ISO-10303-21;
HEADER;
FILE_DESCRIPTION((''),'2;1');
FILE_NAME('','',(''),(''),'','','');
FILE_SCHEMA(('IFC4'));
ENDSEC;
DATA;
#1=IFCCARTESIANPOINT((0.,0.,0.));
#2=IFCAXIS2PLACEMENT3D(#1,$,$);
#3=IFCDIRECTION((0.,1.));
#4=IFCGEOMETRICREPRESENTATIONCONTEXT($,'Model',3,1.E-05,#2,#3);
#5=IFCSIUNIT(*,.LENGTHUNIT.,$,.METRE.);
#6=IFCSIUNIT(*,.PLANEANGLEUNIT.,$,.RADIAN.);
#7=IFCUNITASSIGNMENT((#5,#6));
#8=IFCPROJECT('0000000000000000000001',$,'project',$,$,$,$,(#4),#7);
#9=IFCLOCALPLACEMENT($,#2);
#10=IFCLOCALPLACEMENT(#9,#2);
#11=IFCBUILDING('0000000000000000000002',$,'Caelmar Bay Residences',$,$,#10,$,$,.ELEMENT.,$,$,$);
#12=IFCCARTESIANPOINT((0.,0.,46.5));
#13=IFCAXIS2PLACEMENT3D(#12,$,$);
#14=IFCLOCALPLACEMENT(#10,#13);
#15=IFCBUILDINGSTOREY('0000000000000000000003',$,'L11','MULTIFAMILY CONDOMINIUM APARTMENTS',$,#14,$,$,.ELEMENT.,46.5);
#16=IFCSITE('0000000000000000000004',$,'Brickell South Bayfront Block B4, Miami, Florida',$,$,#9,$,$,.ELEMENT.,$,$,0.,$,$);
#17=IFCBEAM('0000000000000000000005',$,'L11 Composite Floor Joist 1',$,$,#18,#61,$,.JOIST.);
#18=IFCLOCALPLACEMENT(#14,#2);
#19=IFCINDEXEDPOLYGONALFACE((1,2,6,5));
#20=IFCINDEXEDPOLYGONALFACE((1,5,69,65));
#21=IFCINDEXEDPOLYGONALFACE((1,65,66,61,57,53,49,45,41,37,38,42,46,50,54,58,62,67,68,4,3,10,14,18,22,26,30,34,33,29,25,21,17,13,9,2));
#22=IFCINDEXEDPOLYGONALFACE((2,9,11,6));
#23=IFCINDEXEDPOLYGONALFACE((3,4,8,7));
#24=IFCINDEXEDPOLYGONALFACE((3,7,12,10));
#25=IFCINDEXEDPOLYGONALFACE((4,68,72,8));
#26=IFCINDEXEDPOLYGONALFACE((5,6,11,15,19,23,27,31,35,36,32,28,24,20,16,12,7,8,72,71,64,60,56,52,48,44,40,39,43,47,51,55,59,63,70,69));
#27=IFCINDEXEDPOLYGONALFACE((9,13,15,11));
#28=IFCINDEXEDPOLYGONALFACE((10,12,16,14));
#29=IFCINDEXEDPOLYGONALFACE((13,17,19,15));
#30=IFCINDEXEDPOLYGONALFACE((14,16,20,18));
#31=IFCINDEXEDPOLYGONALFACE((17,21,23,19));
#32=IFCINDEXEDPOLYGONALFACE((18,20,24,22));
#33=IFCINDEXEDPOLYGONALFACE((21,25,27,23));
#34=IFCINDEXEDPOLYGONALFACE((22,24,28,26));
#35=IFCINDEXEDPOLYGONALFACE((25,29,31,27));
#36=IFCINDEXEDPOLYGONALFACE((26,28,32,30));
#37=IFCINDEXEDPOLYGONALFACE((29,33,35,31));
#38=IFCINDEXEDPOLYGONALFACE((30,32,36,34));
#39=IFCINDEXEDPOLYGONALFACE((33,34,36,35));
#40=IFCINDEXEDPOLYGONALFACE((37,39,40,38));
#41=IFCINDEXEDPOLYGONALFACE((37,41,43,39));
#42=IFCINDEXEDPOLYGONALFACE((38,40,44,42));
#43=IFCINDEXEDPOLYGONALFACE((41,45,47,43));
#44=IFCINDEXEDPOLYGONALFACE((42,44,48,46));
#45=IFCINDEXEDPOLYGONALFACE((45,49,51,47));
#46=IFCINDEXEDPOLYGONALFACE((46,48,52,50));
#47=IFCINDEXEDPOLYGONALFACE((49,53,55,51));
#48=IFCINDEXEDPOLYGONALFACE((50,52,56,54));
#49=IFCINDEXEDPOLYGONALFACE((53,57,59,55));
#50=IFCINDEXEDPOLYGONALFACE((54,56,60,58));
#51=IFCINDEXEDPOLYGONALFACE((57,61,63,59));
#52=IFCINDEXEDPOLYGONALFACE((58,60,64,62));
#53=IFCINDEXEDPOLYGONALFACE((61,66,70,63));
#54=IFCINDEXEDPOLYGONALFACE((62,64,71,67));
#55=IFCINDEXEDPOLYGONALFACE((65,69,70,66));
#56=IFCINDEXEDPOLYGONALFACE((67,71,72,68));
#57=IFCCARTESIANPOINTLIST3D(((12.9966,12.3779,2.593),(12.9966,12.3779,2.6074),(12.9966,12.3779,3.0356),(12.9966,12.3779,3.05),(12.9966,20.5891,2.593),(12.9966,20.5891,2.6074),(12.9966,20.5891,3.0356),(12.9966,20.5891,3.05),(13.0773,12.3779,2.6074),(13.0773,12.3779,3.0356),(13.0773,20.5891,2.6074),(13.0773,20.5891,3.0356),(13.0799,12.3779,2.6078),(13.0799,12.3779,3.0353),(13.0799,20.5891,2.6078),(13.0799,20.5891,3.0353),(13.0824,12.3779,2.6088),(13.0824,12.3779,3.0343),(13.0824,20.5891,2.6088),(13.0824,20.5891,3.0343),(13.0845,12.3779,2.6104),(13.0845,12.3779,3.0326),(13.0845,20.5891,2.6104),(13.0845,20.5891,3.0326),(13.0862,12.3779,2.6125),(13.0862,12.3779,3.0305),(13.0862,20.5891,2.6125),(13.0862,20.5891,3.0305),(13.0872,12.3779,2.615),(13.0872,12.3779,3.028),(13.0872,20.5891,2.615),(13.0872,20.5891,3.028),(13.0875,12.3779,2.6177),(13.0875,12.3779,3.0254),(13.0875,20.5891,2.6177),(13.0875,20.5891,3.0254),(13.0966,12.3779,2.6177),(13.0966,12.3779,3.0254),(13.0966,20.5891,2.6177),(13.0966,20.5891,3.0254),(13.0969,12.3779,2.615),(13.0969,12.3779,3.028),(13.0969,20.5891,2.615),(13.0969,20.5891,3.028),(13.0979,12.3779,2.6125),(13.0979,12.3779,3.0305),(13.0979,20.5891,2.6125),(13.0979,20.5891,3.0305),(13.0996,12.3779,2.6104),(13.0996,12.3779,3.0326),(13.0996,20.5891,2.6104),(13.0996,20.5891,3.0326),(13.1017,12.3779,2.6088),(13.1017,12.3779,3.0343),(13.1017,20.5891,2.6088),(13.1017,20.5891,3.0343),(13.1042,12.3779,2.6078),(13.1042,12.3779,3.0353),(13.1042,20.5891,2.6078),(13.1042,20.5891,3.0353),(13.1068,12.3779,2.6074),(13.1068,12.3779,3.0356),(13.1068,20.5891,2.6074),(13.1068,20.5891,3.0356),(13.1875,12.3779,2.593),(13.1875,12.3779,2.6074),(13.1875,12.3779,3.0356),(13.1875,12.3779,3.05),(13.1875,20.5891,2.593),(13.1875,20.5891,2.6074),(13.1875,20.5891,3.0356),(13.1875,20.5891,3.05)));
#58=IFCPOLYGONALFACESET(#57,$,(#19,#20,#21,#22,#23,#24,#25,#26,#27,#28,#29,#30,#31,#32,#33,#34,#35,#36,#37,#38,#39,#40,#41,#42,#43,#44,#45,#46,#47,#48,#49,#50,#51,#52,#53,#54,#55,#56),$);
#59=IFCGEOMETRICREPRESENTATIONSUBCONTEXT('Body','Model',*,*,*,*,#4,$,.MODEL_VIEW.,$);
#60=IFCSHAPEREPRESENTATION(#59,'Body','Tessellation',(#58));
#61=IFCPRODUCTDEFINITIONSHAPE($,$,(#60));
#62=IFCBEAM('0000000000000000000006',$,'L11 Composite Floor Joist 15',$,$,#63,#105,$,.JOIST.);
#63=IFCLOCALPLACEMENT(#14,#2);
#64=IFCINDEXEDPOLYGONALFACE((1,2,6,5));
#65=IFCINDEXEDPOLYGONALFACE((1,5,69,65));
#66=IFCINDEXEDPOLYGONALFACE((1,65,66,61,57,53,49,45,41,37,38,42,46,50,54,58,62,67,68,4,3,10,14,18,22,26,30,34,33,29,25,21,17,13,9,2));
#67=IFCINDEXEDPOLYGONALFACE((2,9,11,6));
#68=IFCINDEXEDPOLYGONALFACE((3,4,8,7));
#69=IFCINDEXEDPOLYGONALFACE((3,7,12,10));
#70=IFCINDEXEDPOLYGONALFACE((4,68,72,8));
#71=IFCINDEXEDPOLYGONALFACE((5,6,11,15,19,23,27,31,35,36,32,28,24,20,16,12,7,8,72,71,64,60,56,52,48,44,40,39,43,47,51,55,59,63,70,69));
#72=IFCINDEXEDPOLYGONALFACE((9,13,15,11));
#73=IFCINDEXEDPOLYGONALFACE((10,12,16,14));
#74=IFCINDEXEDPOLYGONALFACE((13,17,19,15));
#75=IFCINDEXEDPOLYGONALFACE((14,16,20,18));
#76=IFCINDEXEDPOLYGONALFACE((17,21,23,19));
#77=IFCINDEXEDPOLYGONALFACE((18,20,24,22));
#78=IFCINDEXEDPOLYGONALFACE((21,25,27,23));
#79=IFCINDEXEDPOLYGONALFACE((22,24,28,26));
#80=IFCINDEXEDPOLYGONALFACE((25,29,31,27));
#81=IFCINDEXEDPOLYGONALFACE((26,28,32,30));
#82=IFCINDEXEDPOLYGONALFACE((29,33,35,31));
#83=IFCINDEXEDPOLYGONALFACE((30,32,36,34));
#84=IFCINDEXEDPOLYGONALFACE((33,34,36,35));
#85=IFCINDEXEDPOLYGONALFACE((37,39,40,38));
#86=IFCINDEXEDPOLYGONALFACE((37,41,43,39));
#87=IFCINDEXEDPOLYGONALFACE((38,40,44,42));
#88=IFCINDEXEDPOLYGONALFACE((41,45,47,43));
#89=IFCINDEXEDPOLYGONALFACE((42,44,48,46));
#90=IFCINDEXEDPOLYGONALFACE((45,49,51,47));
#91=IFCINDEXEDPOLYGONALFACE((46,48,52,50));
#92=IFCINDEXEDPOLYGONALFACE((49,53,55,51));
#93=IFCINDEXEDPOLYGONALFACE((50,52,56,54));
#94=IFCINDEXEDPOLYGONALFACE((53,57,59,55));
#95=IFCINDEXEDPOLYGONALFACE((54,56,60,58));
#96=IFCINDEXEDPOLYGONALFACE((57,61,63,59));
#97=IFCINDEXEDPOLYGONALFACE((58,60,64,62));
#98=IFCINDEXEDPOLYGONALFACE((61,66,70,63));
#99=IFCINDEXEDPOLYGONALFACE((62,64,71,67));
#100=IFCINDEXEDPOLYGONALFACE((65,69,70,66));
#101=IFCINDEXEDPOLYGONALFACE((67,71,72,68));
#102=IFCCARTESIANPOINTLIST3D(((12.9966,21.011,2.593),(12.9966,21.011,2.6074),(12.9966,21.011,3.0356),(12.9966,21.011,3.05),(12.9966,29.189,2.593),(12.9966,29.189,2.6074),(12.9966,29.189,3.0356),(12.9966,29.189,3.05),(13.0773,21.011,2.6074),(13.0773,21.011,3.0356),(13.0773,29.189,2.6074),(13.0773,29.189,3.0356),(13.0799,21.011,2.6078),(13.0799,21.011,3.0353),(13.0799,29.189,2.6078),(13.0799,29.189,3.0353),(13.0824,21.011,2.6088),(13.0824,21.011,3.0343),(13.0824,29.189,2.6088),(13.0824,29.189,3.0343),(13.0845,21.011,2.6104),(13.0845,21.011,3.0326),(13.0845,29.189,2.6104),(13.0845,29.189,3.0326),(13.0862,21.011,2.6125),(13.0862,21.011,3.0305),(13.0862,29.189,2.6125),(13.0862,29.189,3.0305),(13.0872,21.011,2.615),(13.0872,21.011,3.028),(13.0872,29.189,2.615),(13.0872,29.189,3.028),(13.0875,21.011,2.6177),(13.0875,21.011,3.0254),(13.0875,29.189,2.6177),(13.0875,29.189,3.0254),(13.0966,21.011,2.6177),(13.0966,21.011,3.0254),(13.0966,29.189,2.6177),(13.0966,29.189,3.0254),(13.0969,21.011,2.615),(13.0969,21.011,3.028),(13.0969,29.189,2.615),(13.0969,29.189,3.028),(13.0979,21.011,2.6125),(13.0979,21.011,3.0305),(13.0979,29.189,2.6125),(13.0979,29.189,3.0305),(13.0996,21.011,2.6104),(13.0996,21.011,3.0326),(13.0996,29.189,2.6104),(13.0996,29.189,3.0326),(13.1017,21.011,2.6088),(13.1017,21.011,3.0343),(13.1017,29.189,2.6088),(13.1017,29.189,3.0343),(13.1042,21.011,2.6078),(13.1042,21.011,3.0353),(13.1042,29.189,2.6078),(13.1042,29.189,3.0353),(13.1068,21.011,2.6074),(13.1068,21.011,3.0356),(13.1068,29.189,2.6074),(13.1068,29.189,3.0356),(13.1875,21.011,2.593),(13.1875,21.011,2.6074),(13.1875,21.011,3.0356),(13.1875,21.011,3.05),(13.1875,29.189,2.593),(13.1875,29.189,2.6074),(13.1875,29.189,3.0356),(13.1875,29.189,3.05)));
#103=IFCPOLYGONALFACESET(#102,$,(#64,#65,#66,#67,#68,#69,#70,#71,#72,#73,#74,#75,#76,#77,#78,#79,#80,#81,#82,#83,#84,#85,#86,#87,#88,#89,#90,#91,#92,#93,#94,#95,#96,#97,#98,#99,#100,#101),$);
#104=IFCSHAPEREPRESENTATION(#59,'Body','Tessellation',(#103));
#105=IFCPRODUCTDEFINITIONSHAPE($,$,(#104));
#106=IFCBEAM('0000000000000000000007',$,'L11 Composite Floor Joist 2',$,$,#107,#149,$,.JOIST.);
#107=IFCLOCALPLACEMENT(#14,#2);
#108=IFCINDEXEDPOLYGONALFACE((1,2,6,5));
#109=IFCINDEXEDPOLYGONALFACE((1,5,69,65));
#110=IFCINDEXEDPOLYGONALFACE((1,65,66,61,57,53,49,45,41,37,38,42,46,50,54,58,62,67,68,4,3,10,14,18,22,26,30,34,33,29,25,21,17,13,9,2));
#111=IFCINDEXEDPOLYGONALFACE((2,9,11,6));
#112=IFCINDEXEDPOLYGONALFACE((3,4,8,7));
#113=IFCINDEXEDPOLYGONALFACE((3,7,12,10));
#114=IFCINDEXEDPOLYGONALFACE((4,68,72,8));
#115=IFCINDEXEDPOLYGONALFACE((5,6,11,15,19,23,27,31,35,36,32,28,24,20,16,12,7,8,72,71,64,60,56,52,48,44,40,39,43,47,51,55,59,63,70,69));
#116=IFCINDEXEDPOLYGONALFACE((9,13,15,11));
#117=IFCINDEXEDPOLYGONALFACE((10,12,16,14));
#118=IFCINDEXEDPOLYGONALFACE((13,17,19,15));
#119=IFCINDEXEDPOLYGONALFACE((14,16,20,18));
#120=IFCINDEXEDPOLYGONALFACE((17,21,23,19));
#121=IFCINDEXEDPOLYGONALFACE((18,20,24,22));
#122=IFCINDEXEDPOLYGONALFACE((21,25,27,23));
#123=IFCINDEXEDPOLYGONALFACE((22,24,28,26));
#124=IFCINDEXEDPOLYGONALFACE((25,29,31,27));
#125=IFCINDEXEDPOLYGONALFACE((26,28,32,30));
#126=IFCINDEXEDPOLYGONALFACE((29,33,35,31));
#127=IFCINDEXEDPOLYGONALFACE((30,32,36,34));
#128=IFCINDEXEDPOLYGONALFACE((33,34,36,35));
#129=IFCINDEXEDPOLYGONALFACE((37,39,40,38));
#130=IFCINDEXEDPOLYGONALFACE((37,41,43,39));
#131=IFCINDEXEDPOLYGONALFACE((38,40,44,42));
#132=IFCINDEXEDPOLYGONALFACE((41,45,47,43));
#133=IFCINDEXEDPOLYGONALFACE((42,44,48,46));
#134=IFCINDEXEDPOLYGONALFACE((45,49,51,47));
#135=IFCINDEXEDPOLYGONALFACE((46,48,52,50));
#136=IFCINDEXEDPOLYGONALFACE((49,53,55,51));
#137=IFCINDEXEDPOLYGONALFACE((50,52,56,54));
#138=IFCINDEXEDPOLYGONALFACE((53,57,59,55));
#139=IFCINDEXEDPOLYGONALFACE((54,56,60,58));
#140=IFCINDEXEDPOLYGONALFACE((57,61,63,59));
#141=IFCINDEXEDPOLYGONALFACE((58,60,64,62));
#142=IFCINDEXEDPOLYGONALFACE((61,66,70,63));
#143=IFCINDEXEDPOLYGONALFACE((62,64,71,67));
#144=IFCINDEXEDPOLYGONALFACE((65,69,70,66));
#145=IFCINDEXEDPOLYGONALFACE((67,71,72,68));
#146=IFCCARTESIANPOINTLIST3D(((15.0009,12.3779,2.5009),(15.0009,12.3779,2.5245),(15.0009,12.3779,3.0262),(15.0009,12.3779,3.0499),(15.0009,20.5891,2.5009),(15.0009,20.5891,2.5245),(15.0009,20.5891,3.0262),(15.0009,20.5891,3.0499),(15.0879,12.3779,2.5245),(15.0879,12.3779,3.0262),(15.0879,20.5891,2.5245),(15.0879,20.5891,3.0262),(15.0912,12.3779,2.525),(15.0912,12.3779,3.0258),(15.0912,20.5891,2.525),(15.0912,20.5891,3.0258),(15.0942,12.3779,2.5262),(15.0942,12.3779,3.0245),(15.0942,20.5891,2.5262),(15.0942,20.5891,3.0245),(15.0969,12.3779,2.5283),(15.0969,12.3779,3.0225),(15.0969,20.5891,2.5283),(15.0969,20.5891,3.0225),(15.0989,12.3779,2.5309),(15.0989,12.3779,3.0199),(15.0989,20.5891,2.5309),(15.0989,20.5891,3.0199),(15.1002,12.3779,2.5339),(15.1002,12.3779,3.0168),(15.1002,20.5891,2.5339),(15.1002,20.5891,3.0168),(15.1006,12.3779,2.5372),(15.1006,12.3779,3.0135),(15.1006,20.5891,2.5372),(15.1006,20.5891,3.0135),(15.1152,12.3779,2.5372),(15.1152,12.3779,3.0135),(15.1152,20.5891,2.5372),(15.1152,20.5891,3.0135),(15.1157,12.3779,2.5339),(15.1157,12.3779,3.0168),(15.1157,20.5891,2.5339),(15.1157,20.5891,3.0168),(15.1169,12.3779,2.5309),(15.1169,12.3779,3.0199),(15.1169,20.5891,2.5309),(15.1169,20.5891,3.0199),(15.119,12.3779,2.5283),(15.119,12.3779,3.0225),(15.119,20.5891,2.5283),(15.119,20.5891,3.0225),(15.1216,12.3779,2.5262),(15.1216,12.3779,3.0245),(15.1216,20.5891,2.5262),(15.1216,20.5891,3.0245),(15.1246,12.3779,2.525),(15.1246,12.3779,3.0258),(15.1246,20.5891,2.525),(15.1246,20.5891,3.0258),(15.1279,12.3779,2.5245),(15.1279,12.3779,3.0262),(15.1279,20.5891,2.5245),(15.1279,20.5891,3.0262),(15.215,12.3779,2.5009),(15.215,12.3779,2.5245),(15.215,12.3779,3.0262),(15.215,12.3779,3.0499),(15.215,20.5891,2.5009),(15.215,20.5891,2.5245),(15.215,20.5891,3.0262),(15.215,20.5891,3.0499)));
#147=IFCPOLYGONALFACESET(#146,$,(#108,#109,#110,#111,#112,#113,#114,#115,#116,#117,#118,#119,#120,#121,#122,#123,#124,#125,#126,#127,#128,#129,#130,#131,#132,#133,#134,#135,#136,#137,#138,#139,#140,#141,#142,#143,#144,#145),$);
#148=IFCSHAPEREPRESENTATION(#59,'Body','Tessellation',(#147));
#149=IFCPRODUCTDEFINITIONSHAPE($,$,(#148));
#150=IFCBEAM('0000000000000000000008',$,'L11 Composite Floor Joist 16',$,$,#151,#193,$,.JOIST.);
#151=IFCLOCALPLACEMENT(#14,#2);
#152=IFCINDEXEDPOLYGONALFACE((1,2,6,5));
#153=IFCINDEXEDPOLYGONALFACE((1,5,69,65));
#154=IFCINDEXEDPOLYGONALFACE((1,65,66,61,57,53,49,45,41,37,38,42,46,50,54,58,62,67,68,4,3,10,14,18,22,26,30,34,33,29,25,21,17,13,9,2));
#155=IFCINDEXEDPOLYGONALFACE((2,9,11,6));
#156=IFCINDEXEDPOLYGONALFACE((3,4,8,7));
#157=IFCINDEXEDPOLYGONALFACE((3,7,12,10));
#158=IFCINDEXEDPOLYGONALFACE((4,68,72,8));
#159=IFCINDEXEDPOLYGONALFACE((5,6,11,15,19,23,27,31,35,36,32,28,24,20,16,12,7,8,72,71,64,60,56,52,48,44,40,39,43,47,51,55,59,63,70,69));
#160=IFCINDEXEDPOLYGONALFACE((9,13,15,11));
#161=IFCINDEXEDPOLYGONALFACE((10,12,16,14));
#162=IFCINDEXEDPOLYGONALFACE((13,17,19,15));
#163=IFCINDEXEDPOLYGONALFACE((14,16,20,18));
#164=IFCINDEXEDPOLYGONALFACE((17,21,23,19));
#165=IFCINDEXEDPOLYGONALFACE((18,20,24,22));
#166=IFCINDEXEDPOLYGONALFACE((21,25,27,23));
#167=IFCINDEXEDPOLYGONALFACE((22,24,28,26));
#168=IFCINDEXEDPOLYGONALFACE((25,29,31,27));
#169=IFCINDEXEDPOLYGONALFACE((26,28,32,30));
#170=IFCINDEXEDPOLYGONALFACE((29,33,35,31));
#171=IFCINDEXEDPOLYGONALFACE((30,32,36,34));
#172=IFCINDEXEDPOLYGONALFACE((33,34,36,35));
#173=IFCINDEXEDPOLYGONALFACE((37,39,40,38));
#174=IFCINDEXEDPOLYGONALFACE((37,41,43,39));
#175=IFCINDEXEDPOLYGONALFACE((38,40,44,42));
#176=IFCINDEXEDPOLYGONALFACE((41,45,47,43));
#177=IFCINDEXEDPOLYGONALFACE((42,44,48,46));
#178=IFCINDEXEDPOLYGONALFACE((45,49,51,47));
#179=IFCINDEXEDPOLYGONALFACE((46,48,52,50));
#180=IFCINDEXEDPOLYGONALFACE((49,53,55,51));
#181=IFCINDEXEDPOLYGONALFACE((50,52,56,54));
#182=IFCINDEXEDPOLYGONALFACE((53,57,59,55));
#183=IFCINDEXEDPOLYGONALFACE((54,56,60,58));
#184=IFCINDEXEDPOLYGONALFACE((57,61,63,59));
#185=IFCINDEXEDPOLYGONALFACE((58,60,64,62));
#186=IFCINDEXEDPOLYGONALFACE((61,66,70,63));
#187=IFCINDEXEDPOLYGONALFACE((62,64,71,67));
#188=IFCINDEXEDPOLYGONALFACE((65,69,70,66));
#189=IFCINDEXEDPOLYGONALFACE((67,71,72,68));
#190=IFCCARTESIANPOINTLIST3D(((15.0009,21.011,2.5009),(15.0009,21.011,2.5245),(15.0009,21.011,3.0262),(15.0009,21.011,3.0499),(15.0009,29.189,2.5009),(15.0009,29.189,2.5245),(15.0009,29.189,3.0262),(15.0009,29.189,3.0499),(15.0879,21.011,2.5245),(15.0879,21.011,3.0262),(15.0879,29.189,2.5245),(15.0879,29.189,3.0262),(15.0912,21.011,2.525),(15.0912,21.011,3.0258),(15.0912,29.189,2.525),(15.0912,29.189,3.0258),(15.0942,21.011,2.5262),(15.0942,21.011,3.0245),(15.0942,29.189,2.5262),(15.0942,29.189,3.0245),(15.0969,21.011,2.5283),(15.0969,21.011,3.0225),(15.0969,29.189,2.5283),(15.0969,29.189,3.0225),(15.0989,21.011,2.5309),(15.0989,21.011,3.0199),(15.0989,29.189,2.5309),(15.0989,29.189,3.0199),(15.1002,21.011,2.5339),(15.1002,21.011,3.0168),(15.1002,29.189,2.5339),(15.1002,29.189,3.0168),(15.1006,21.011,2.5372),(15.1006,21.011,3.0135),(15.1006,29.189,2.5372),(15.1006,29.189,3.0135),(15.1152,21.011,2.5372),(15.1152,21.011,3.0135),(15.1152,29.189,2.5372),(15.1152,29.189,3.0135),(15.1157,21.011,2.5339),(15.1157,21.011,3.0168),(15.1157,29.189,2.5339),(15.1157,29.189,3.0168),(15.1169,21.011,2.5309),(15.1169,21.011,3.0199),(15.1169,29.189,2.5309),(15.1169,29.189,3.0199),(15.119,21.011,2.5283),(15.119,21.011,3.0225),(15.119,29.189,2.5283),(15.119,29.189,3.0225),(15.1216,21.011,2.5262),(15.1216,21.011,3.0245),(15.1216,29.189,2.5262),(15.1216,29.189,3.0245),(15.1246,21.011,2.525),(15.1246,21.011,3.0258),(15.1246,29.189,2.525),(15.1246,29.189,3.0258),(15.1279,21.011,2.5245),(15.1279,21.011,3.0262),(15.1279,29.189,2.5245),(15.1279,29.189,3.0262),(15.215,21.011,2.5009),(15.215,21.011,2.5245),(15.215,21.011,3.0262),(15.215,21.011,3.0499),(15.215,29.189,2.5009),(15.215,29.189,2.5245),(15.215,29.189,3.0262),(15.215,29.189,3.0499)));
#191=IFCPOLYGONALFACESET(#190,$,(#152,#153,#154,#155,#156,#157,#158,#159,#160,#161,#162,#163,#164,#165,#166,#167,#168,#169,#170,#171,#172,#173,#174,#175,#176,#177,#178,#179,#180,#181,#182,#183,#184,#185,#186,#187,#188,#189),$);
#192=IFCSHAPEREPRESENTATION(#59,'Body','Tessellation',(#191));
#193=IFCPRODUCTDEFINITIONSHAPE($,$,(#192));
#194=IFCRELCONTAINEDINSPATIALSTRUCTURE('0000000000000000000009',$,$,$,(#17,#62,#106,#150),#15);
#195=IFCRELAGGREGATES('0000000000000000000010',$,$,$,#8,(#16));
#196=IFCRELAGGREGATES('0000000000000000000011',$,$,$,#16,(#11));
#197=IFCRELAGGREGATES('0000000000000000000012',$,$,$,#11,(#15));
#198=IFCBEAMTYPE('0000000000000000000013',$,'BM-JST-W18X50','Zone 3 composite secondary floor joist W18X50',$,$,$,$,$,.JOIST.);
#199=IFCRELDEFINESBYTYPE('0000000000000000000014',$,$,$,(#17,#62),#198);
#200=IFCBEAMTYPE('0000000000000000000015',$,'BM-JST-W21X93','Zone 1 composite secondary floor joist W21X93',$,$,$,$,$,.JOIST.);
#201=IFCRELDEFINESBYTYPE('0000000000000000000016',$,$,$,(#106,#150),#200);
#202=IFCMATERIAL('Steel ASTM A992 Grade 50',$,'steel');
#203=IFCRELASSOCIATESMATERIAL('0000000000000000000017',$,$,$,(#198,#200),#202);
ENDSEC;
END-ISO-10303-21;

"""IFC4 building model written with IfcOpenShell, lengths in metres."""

from ifc_helpers import new_model, si_unit, direction, frame, origin, origin_2d, place, context, subcontext, project, spatial, i_section, extrude, material, material_profile, profile_set, type_object, element, save


model = new_model("IFC4")

# Units and contexts
model_context = context("Model", 3, precision=1e-05, world=origin(), true_north=direction((0.0, 1.0)))
body_context = subcontext(model_context, "Body", "Model", "MODEL_VIEW")
ifc_project = project(units=[si_unit("LENGTHUNIT", "METRE"), si_unit("PLANEANGLEUNIT", "RADIAN")], contexts=[model_context])

# Site, building, storey
site_placement = place(None, origin())
site = spatial("IfcSite", under=ifc_project, at=site_placement, Name="Brickell South Bayfront Block B4, Miami, Florida", CompositionType="ELEMENT", RefElevation=0.0)
building_placement = place(site_placement, origin())
building = spatial("IfcBuilding", under=site, at=building_placement, Name="Caelmar Bay Residences", CompositionType="ELEMENT")
storey_placement = place(building_placement, frame((0.0, 0.0, 46.5)))
storey = spatial("IfcBuildingStorey", under=building, at=storey_placement, Name="L11", Description="MULTIFAMILY CONDOMINIUM APARTMENTS", CompositionType="ELEMENT", Elevation=46.5)

# Beams
ifc_material_1 = material(Name="Steel ASTM A992 Grade 50", Category="steel")
ifc_material_profile_1 = material_profile(ifc_material_1, i_section(OverallWidth=0.1909, OverallDepth=0.457, WebThickness=0.009, FlangeThickness=0.0144, FilletRadius=0.0103, at=origin_2d()), Name="W18X50")
ifc_profile_set_1 = profile_set([ifc_material_profile_1], Name="Steel ASTM A992 Grade 50")
beam_type_1 = type_object("IfcBeamType", Name="BM-JST-W18X50", Description="Zone 3 composite secondary floor joist W18X50", PredefinedType="JOIST", material=ifc_profile_set_1)
beam_1_placement = place(storey_placement, frame((13.092, 12.3779, 2.8215), z_axis=(0.0, 1.0, 0.0), x_axis=(-1.0, 0.0, 0.0)))
element("IfcBeam", 1, at=beam_1_placement, inside=storey, type_object=beam_type_1, Name="L11 Composite Floor Joist 1", PredefinedType="JOIST", context=body_context, shape_type="SweptSolid", body=[
    extrude(i_section(OverallWidth=0.1909, OverallDepth=0.457, WebThickness=0.009, FlangeThickness=0.0144, FilletRadius=0.0103, at=origin_2d()), origin(), (0.0, 0.0, 1.0), 8.2112),
])
beam_2_placement = place(storey_placement, frame((13.092, 21.011, 2.8215), z_axis=(0.0, 1.0, 0.0), x_axis=(-1.0, 0.0, 0.0)))
element("IfcBeam", 2, at=beam_2_placement, inside=storey, type_object=beam_type_1, Name="L11 Composite Floor Joist 15", PredefinedType="JOIST", context=body_context, shape_type="SweptSolid", body=[
    extrude(i_section(OverallWidth=0.1909, OverallDepth=0.457, WebThickness=0.009, FlangeThickness=0.0144, FilletRadius=0.0103, at=origin_2d()), origin(), (0.0, 0.0, 1.0), 8.178),
])
ifc_material_profile_2 = material_profile(ifc_material_1, i_section(OverallWidth=0.2141, OverallDepth=0.5491, WebThickness=0.0146, FlangeThickness=0.0237, FilletRadius=0.0127, at=origin_2d()), Name="W21X93")
ifc_profile_set_2 = profile_set([ifc_material_profile_2], Name="Steel ASTM A992 Grade 50")
beam_type_2 = type_object("IfcBeamType", Name="BM-JST-W21X93", Description="Zone 1 composite secondary floor joist W21X93", PredefinedType="JOIST", material=ifc_profile_set_2)
beam_3_placement = place(storey_placement, frame((15.1079, 12.3779, 2.7754), z_axis=(0.0, 1.0, 0.0), x_axis=(-1.0, 0.0, 0.0)))
element("IfcBeam", 3, at=beam_3_placement, inside=storey, type_object=beam_type_2, Name="L11 Composite Floor Joist 2", PredefinedType="JOIST", context=body_context, shape_type="SweptSolid", body=[
    extrude(i_section(OverallWidth=0.2141, OverallDepth=0.5491, WebThickness=0.0146, FlangeThickness=0.0237, FilletRadius=0.0127, at=origin_2d()), origin(), (0.0, 0.0, 1.0), 8.2112),
])
beam_4_placement = place(storey_placement, frame((15.1079, 21.011, 2.7754), z_axis=(0.0, 1.0, 0.0), x_axis=(-1.0, 0.0, 0.0)))
element("IfcBeam", 4, at=beam_4_placement, inside=storey, type_object=beam_type_2, Name="L11 Composite Floor Joist 16", PredefinedType="JOIST", context=body_context, shape_type="SweptSolid", body=[
    extrude(i_section(OverallWidth=0.2141, OverallDepth=0.5491, WebThickness=0.0146, FlangeThickness=0.0237, FilletRadius=0.0127, at=origin_2d()), origin(), (0.0, 0.0, 1.0), 8.178),
])

save(model, "model.ifc")
